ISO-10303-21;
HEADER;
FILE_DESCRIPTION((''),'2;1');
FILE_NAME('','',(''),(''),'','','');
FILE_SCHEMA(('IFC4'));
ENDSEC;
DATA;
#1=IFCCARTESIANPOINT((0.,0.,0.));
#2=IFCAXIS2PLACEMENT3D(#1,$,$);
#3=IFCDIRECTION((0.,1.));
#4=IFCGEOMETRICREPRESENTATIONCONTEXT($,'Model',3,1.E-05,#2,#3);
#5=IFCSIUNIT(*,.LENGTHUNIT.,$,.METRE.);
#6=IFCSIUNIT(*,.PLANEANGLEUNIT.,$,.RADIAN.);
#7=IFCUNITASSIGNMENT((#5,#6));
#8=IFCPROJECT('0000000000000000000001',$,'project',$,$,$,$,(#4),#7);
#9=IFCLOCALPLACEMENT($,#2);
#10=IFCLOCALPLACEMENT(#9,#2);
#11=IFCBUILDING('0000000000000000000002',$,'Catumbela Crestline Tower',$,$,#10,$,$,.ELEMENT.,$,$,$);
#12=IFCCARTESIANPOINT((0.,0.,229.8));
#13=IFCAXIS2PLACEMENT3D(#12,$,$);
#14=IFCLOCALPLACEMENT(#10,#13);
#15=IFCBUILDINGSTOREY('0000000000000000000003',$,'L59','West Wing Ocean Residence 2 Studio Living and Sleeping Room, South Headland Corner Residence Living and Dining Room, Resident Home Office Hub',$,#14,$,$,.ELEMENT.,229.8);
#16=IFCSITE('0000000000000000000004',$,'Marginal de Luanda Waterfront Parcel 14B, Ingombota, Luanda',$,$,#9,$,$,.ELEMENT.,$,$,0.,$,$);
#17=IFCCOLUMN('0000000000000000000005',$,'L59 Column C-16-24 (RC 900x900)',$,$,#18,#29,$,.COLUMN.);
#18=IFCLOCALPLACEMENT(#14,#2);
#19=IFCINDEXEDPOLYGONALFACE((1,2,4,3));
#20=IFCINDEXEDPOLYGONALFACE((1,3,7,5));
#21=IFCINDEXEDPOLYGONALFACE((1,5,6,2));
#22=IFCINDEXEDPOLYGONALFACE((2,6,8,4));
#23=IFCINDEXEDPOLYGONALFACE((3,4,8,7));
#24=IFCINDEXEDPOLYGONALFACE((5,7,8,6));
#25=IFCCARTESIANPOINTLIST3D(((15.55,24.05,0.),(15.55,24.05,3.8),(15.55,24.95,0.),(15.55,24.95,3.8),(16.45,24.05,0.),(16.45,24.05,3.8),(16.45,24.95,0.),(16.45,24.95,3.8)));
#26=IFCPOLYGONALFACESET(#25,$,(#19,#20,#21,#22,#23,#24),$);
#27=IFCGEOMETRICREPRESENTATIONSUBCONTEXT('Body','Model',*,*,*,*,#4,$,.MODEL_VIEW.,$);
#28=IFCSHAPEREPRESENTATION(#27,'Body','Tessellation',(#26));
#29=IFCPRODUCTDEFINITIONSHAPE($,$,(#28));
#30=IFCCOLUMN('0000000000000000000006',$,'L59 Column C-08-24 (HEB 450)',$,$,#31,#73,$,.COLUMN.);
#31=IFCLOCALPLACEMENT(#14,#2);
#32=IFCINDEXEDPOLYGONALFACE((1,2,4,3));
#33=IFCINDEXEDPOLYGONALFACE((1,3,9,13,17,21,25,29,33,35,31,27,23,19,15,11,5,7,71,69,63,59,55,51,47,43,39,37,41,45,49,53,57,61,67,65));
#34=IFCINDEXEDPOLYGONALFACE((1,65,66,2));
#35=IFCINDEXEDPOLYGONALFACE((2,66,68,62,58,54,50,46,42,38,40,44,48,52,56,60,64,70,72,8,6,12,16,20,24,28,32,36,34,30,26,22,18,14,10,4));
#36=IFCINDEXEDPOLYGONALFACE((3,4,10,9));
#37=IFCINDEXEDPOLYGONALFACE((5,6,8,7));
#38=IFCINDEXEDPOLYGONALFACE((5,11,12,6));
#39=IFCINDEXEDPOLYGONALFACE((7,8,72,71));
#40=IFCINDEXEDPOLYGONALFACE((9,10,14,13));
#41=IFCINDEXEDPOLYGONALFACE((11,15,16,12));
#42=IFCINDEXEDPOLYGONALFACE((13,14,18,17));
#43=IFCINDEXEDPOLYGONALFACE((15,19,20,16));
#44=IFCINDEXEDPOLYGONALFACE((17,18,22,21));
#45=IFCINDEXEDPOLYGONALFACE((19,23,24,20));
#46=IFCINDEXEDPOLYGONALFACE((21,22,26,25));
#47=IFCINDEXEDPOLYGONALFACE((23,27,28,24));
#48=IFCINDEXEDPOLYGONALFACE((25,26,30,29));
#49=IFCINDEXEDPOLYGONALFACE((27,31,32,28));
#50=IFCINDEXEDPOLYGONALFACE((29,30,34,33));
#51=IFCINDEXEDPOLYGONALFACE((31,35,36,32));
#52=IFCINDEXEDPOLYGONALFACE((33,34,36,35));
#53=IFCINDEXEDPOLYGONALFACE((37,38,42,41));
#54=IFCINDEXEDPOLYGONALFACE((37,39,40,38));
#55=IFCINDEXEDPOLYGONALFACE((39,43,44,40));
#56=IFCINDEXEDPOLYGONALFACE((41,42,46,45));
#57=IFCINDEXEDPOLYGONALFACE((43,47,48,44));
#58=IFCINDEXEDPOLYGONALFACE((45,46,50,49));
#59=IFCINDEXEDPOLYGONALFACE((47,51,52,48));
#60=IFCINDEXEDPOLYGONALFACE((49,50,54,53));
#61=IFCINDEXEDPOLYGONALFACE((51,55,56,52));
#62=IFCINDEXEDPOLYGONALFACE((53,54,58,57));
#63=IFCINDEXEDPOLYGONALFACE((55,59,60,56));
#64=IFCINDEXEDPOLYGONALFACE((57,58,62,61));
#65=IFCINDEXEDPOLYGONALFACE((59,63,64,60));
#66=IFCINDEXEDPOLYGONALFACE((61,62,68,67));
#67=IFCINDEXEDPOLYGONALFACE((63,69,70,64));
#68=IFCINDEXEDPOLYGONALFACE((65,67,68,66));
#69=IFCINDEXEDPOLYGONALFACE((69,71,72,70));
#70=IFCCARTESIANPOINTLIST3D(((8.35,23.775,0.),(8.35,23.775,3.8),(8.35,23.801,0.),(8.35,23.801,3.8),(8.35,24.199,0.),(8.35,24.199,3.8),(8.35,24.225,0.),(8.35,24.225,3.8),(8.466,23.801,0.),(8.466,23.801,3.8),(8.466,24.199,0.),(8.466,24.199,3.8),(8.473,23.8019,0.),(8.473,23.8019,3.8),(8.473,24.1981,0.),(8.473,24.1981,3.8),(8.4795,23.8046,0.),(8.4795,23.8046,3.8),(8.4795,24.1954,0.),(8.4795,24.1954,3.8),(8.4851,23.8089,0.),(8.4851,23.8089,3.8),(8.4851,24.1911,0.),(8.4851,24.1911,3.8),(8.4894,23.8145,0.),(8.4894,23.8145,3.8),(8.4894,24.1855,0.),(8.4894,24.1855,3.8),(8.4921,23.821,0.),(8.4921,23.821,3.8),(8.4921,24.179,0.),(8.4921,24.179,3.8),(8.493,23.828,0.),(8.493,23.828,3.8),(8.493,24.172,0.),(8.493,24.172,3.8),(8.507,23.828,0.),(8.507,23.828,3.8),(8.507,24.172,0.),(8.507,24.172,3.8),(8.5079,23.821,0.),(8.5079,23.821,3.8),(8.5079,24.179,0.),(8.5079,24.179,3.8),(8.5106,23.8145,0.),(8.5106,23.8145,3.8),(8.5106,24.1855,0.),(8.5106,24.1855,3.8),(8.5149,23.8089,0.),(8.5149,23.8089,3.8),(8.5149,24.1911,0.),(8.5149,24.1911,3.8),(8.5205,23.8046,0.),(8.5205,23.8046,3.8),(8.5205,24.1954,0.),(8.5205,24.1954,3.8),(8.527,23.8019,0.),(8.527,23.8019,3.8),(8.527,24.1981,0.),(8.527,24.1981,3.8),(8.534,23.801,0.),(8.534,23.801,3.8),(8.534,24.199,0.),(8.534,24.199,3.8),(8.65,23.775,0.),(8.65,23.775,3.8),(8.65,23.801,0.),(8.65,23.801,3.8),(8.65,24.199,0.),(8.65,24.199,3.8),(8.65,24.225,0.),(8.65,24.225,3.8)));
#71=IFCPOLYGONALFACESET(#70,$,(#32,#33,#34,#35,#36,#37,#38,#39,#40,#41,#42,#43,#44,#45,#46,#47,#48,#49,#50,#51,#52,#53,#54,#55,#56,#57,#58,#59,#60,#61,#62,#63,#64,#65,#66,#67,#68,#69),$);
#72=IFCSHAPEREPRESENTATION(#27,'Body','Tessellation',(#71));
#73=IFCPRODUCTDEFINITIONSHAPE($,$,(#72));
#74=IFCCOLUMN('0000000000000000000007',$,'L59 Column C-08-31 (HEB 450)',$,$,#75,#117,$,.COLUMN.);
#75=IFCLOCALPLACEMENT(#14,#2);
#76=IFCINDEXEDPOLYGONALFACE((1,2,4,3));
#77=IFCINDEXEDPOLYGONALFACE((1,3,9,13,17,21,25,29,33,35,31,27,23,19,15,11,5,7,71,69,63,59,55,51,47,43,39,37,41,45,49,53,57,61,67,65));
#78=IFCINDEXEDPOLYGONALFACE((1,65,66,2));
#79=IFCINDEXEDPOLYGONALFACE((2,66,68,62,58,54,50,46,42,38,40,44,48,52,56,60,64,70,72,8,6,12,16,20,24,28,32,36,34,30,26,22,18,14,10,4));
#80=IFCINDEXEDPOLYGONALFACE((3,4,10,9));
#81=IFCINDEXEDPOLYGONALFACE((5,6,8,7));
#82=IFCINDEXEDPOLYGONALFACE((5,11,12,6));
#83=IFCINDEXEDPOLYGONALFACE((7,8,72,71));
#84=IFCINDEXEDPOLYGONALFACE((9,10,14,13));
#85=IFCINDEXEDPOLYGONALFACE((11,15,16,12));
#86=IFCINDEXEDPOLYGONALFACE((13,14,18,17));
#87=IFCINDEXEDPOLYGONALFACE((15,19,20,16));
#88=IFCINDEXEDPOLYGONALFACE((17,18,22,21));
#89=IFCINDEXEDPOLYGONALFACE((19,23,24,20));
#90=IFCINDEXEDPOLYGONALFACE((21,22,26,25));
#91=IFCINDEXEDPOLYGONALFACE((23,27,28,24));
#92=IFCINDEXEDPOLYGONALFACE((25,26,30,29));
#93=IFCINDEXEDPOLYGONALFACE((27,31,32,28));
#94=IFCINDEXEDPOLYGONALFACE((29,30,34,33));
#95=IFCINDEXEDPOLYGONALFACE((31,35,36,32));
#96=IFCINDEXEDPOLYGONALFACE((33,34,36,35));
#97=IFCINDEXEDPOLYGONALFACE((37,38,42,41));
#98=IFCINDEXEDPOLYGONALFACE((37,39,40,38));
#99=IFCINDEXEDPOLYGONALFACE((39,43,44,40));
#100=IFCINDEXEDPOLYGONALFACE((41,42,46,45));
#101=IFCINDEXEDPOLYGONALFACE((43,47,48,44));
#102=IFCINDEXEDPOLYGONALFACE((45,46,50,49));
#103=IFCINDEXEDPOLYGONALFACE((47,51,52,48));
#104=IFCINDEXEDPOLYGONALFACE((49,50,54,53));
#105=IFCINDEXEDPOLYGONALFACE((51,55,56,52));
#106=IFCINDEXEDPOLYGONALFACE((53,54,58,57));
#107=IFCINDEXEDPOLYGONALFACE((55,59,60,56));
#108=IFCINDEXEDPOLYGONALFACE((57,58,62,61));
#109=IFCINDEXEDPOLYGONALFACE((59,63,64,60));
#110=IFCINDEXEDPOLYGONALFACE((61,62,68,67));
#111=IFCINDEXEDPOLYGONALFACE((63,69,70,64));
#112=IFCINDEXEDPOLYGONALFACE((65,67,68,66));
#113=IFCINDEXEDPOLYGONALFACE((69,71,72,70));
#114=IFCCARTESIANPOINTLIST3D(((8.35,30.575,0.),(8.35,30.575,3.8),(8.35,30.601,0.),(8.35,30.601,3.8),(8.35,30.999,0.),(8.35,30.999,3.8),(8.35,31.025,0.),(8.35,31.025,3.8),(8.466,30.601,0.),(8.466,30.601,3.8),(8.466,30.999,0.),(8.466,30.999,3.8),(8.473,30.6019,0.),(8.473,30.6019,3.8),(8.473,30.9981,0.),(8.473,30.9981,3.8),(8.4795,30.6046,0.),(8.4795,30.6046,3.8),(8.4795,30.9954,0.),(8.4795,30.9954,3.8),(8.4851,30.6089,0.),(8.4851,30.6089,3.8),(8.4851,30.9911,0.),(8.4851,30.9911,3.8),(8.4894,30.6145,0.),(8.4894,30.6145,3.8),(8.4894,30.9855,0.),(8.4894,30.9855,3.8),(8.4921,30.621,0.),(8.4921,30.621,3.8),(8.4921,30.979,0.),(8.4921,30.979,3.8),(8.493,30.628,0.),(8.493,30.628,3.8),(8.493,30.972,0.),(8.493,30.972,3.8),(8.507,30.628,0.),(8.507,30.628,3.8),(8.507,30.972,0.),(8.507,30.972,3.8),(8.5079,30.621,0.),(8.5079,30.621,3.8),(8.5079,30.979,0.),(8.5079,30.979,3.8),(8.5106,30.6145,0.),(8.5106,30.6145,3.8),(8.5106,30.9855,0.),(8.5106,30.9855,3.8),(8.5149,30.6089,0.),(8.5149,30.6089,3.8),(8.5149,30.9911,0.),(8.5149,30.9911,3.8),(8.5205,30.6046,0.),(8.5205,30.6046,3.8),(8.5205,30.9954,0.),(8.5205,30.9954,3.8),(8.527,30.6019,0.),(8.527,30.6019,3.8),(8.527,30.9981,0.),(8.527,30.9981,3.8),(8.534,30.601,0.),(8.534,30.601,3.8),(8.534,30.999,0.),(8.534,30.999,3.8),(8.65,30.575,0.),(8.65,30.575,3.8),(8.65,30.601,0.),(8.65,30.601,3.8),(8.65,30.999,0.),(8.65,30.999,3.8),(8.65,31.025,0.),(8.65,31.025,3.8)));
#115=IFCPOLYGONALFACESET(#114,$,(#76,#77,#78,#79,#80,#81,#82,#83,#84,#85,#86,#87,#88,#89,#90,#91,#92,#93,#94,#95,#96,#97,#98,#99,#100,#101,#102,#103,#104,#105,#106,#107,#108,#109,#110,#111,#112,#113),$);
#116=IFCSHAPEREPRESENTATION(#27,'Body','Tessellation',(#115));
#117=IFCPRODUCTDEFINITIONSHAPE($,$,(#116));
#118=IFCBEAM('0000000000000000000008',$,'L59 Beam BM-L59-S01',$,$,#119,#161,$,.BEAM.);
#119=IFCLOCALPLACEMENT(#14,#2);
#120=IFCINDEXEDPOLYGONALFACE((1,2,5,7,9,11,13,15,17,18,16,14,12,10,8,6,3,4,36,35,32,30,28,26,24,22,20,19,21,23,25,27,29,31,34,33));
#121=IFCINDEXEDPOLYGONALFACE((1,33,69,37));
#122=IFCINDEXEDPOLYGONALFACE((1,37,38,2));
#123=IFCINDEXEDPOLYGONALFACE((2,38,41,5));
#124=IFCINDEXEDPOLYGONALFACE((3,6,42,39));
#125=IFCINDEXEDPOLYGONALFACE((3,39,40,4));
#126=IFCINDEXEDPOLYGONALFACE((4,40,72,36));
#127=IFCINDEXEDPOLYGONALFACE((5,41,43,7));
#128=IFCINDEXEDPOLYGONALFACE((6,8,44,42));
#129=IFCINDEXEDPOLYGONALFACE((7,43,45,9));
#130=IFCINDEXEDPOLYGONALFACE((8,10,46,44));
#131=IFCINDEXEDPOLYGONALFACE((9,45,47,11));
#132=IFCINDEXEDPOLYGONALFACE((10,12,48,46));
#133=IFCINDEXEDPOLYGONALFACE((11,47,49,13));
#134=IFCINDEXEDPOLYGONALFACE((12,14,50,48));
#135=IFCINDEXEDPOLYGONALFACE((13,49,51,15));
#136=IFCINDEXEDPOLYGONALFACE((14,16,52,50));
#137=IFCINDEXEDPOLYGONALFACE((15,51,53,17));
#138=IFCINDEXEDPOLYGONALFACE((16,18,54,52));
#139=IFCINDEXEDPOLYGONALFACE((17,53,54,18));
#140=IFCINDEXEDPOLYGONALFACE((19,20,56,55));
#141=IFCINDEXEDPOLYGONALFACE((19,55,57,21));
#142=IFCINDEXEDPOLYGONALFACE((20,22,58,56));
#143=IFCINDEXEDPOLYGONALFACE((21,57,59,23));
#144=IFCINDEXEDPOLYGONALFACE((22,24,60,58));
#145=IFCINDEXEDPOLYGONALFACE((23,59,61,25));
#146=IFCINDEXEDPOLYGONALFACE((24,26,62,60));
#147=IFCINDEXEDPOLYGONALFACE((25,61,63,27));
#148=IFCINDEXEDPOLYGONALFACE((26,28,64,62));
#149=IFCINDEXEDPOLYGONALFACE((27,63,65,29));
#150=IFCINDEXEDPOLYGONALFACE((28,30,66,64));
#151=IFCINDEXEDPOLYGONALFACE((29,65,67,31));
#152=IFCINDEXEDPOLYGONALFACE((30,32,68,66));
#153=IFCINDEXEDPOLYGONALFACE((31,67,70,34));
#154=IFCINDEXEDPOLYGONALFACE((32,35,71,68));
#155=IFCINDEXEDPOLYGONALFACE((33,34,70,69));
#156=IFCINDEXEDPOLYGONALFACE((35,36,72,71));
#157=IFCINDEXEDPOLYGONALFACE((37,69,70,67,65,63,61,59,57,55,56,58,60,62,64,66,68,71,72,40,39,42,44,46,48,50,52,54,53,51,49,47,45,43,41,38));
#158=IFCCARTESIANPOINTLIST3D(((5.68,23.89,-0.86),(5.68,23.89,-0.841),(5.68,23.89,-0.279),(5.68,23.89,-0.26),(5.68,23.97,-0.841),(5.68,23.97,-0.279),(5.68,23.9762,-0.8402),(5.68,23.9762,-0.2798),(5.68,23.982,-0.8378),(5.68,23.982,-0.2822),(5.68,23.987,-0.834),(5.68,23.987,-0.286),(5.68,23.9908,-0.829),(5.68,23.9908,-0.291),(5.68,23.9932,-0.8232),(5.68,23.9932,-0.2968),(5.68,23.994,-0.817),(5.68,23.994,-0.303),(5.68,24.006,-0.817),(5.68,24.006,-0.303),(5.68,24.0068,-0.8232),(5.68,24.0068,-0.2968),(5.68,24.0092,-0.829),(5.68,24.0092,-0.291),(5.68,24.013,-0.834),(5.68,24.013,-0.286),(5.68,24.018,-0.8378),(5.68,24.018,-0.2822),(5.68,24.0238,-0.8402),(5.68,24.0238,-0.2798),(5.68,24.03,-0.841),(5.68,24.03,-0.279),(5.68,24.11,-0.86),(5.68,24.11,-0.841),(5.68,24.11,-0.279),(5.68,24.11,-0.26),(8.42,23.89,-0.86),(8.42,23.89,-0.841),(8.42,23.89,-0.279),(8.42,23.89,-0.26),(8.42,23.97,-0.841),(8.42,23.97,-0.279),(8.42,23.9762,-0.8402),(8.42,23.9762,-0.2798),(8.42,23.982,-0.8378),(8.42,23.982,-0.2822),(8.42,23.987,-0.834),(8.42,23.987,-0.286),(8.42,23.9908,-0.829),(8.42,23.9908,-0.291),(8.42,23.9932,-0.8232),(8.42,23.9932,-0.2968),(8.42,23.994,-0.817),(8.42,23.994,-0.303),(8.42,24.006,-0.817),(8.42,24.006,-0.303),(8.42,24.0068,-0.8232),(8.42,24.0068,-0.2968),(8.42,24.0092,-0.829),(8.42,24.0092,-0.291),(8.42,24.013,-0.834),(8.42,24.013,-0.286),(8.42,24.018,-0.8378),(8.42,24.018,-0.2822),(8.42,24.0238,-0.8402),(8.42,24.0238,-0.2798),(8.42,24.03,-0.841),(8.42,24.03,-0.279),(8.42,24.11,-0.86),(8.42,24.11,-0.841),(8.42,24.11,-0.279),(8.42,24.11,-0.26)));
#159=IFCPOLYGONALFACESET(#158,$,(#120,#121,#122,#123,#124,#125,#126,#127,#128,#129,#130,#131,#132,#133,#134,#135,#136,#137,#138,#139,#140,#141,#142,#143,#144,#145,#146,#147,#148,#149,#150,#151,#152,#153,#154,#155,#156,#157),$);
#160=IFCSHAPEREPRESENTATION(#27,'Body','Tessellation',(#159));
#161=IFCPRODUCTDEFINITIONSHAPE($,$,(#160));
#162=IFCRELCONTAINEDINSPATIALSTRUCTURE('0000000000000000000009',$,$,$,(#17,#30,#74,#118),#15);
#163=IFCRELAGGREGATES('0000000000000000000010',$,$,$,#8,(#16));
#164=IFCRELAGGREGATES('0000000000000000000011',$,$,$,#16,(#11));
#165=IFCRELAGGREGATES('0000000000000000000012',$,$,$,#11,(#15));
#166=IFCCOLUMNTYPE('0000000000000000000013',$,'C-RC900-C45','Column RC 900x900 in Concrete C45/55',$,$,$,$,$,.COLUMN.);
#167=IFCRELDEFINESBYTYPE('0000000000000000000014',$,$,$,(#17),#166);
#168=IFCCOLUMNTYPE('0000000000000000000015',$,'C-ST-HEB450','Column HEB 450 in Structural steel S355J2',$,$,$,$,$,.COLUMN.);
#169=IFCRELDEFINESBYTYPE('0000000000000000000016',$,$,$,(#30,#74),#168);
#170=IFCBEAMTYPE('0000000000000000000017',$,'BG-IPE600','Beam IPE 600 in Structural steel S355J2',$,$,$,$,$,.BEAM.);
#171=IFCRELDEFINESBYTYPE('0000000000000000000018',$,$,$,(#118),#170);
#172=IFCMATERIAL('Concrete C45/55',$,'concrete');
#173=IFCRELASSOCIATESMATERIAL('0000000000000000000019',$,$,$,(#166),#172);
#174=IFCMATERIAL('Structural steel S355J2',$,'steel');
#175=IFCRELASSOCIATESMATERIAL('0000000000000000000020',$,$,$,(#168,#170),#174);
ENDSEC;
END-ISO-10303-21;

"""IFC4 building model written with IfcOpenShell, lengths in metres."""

from ifc_helpers import new_model, si_unit, direction, frame, origin, origin_2d, place, context, subcontext, project, spatial, rectangle, i_section, extrude, material, material_profile, profile_set, type_object, element, save


model = new_model("IFC4")

# Units and contexts
model_context = context("Model", 3, precision=1e-05, world=origin(), true_north=direction((0.0, 1.0)))
body_context = subcontext(model_context, "Body", "Model", "MODEL_VIEW")
ifc_project = project(units=[si_unit("LENGTHUNIT", "METRE"), si_unit("PLANEANGLEUNIT", "RADIAN")], contexts=[model_context])

# Site, building, storey
site_placement = place(None, origin())
site = spatial("IfcSite", under=ifc_project, at=site_placement, Name="Marginal de Luanda Waterfront Parcel 14B, Ingombota, Luanda", CompositionType="ELEMENT", RefElevation=0.0)
building_placement = place(site_placement, origin())
building = spatial("IfcBuilding", under=site, at=building_placement, Name="Catumbela Crestline Tower", CompositionType="ELEMENT")
storey_placement = place(building_placement, frame((0.0, 0.0, 229.8)))
storey = spatial("IfcBuildingStorey", under=building, at=storey_placement, Name="L59", Description="West Wing Ocean Residence 2 Studio Living and Sleeping Room, South Headland Corner Residence Living and Dining Room, Resident Home Office Hub", CompositionType="ELEMENT", Elevation=229.8)

# Columns
ifc_material_1 = material(Name="Concrete C45/55", Category="concrete")
ifc_material_profile_1 = material_profile(ifc_material_1, rectangle(XDim=0.9, YDim=0.9, at=origin_2d()), Name="RC 900x900")
ifc_profile_set_1 = profile_set([ifc_material_profile_1], Name="Concrete C45/55")
column_type_1 = type_object("IfcColumnType", Name="C-RC900-C45", Description="Column RC 900x900 in Concrete C45/55", PredefinedType="COLUMN", material=ifc_profile_set_1)
column_placement = place(storey_placement, frame((16.0, 24.5, 0.0), z_axis=(0.0, 0.0, 1.0), x_axis=(1.0, 0.0, 0.0)))
element("IfcColumn", 1, at=column_placement, inside=storey, type_object=column_type_1, Name="L59 Column C-16-24 (RC 900x900)", PredefinedType="COLUMN", context=body_context, shape_type="SweptSolid", body=[
    extrude(rectangle(XDim=0.9, YDim=0.9, at=origin_2d()), origin(), (0.0, 0.0, 1.0), 3.8),
])
ifc_material_2 = material(Name="Structural steel S355J2", Category="steel")
ifc_material_profile_2 = material_profile(ifc_material_2, i_section(OverallWidth=0.3, OverallDepth=0.45, WebThickness=0.014, FlangeThickness=0.026, FilletRadius=0.027, at=origin_2d()), Name="HEB 450")
ifc_profile_set_2 = profile_set([ifc_material_profile_2], Name="Structural steel S355J2")
column_type_2 = type_object("IfcColumnType", Name="C-ST-HEB450", Description="Column HEB 450 in Structural steel S355J2", PredefinedType="COLUMN", material=ifc_profile_set_2)
for number, where, z_axis, x_axis, name in (
    (2, (8.5, 24.0, 0.0), (0.0, 0.0, 1.0), (1.0, 0.0, 0.0), "L59 Column C-08-24 (HEB 450)"),
    (3, (8.5, 30.8, 0.0), (0.0, 0.0, 1.0), (1.0, 0.0, 0.0), "L59 Column C-08-31 (HEB 450)"),
):
    element("IfcColumn", number, at=place(storey_placement, frame(where, z_axis=z_axis, x_axis=x_axis)), inside=storey, type_object=column_type_2, Name=name, PredefinedType="COLUMN", context=body_context, shape_type="SweptSolid", body=[
        extrude(i_section(OverallWidth=0.3, OverallDepth=0.45, WebThickness=0.014, FlangeThickness=0.026, FilletRadius=0.027, at=origin_2d()), origin(), (0.0, 0.0, 1.0), 3.8),
    ])

# Beam
ifc_material_profile_3 = material_profile(ifc_material_2, i_section(OverallWidth=0.22, OverallDepth=0.6, WebThickness=0.012, FlangeThickness=0.019, FilletRadius=0.024, at=origin_2d()), Name="IPE 600")
ifc_profile_set_3 = profile_set([ifc_material_profile_3], Name="Structural steel S355J2")
beam_type = type_object("IfcBeamType", Name="BG-IPE600", Description="Beam IPE 600 in Structural steel S355J2", PredefinedType="BEAM", material=ifc_profile_set_3)
beam_1_placement = place(storey_placement, frame((5.68, 24.0, -0.56), z_axis=(1.0, 0.0, 0.0), x_axis=(0.0, 1.0, 0.0)))
element("IfcBeam", 4, at=beam_1_placement, inside=storey, type_object=beam_type, Name="L59 Beam BM-L59-S01", PredefinedType="BEAM", context=body_context, shape_type="SweptSolid", body=[
    extrude(i_section(OverallWidth=0.22, OverallDepth=0.6, WebThickness=0.012, FlangeThickness=0.019, FilletRadius=0.024, at=origin_2d()), origin(), (0.0, 0.0, 1.0), 2.74),
])

save(model, "model.ifc")
